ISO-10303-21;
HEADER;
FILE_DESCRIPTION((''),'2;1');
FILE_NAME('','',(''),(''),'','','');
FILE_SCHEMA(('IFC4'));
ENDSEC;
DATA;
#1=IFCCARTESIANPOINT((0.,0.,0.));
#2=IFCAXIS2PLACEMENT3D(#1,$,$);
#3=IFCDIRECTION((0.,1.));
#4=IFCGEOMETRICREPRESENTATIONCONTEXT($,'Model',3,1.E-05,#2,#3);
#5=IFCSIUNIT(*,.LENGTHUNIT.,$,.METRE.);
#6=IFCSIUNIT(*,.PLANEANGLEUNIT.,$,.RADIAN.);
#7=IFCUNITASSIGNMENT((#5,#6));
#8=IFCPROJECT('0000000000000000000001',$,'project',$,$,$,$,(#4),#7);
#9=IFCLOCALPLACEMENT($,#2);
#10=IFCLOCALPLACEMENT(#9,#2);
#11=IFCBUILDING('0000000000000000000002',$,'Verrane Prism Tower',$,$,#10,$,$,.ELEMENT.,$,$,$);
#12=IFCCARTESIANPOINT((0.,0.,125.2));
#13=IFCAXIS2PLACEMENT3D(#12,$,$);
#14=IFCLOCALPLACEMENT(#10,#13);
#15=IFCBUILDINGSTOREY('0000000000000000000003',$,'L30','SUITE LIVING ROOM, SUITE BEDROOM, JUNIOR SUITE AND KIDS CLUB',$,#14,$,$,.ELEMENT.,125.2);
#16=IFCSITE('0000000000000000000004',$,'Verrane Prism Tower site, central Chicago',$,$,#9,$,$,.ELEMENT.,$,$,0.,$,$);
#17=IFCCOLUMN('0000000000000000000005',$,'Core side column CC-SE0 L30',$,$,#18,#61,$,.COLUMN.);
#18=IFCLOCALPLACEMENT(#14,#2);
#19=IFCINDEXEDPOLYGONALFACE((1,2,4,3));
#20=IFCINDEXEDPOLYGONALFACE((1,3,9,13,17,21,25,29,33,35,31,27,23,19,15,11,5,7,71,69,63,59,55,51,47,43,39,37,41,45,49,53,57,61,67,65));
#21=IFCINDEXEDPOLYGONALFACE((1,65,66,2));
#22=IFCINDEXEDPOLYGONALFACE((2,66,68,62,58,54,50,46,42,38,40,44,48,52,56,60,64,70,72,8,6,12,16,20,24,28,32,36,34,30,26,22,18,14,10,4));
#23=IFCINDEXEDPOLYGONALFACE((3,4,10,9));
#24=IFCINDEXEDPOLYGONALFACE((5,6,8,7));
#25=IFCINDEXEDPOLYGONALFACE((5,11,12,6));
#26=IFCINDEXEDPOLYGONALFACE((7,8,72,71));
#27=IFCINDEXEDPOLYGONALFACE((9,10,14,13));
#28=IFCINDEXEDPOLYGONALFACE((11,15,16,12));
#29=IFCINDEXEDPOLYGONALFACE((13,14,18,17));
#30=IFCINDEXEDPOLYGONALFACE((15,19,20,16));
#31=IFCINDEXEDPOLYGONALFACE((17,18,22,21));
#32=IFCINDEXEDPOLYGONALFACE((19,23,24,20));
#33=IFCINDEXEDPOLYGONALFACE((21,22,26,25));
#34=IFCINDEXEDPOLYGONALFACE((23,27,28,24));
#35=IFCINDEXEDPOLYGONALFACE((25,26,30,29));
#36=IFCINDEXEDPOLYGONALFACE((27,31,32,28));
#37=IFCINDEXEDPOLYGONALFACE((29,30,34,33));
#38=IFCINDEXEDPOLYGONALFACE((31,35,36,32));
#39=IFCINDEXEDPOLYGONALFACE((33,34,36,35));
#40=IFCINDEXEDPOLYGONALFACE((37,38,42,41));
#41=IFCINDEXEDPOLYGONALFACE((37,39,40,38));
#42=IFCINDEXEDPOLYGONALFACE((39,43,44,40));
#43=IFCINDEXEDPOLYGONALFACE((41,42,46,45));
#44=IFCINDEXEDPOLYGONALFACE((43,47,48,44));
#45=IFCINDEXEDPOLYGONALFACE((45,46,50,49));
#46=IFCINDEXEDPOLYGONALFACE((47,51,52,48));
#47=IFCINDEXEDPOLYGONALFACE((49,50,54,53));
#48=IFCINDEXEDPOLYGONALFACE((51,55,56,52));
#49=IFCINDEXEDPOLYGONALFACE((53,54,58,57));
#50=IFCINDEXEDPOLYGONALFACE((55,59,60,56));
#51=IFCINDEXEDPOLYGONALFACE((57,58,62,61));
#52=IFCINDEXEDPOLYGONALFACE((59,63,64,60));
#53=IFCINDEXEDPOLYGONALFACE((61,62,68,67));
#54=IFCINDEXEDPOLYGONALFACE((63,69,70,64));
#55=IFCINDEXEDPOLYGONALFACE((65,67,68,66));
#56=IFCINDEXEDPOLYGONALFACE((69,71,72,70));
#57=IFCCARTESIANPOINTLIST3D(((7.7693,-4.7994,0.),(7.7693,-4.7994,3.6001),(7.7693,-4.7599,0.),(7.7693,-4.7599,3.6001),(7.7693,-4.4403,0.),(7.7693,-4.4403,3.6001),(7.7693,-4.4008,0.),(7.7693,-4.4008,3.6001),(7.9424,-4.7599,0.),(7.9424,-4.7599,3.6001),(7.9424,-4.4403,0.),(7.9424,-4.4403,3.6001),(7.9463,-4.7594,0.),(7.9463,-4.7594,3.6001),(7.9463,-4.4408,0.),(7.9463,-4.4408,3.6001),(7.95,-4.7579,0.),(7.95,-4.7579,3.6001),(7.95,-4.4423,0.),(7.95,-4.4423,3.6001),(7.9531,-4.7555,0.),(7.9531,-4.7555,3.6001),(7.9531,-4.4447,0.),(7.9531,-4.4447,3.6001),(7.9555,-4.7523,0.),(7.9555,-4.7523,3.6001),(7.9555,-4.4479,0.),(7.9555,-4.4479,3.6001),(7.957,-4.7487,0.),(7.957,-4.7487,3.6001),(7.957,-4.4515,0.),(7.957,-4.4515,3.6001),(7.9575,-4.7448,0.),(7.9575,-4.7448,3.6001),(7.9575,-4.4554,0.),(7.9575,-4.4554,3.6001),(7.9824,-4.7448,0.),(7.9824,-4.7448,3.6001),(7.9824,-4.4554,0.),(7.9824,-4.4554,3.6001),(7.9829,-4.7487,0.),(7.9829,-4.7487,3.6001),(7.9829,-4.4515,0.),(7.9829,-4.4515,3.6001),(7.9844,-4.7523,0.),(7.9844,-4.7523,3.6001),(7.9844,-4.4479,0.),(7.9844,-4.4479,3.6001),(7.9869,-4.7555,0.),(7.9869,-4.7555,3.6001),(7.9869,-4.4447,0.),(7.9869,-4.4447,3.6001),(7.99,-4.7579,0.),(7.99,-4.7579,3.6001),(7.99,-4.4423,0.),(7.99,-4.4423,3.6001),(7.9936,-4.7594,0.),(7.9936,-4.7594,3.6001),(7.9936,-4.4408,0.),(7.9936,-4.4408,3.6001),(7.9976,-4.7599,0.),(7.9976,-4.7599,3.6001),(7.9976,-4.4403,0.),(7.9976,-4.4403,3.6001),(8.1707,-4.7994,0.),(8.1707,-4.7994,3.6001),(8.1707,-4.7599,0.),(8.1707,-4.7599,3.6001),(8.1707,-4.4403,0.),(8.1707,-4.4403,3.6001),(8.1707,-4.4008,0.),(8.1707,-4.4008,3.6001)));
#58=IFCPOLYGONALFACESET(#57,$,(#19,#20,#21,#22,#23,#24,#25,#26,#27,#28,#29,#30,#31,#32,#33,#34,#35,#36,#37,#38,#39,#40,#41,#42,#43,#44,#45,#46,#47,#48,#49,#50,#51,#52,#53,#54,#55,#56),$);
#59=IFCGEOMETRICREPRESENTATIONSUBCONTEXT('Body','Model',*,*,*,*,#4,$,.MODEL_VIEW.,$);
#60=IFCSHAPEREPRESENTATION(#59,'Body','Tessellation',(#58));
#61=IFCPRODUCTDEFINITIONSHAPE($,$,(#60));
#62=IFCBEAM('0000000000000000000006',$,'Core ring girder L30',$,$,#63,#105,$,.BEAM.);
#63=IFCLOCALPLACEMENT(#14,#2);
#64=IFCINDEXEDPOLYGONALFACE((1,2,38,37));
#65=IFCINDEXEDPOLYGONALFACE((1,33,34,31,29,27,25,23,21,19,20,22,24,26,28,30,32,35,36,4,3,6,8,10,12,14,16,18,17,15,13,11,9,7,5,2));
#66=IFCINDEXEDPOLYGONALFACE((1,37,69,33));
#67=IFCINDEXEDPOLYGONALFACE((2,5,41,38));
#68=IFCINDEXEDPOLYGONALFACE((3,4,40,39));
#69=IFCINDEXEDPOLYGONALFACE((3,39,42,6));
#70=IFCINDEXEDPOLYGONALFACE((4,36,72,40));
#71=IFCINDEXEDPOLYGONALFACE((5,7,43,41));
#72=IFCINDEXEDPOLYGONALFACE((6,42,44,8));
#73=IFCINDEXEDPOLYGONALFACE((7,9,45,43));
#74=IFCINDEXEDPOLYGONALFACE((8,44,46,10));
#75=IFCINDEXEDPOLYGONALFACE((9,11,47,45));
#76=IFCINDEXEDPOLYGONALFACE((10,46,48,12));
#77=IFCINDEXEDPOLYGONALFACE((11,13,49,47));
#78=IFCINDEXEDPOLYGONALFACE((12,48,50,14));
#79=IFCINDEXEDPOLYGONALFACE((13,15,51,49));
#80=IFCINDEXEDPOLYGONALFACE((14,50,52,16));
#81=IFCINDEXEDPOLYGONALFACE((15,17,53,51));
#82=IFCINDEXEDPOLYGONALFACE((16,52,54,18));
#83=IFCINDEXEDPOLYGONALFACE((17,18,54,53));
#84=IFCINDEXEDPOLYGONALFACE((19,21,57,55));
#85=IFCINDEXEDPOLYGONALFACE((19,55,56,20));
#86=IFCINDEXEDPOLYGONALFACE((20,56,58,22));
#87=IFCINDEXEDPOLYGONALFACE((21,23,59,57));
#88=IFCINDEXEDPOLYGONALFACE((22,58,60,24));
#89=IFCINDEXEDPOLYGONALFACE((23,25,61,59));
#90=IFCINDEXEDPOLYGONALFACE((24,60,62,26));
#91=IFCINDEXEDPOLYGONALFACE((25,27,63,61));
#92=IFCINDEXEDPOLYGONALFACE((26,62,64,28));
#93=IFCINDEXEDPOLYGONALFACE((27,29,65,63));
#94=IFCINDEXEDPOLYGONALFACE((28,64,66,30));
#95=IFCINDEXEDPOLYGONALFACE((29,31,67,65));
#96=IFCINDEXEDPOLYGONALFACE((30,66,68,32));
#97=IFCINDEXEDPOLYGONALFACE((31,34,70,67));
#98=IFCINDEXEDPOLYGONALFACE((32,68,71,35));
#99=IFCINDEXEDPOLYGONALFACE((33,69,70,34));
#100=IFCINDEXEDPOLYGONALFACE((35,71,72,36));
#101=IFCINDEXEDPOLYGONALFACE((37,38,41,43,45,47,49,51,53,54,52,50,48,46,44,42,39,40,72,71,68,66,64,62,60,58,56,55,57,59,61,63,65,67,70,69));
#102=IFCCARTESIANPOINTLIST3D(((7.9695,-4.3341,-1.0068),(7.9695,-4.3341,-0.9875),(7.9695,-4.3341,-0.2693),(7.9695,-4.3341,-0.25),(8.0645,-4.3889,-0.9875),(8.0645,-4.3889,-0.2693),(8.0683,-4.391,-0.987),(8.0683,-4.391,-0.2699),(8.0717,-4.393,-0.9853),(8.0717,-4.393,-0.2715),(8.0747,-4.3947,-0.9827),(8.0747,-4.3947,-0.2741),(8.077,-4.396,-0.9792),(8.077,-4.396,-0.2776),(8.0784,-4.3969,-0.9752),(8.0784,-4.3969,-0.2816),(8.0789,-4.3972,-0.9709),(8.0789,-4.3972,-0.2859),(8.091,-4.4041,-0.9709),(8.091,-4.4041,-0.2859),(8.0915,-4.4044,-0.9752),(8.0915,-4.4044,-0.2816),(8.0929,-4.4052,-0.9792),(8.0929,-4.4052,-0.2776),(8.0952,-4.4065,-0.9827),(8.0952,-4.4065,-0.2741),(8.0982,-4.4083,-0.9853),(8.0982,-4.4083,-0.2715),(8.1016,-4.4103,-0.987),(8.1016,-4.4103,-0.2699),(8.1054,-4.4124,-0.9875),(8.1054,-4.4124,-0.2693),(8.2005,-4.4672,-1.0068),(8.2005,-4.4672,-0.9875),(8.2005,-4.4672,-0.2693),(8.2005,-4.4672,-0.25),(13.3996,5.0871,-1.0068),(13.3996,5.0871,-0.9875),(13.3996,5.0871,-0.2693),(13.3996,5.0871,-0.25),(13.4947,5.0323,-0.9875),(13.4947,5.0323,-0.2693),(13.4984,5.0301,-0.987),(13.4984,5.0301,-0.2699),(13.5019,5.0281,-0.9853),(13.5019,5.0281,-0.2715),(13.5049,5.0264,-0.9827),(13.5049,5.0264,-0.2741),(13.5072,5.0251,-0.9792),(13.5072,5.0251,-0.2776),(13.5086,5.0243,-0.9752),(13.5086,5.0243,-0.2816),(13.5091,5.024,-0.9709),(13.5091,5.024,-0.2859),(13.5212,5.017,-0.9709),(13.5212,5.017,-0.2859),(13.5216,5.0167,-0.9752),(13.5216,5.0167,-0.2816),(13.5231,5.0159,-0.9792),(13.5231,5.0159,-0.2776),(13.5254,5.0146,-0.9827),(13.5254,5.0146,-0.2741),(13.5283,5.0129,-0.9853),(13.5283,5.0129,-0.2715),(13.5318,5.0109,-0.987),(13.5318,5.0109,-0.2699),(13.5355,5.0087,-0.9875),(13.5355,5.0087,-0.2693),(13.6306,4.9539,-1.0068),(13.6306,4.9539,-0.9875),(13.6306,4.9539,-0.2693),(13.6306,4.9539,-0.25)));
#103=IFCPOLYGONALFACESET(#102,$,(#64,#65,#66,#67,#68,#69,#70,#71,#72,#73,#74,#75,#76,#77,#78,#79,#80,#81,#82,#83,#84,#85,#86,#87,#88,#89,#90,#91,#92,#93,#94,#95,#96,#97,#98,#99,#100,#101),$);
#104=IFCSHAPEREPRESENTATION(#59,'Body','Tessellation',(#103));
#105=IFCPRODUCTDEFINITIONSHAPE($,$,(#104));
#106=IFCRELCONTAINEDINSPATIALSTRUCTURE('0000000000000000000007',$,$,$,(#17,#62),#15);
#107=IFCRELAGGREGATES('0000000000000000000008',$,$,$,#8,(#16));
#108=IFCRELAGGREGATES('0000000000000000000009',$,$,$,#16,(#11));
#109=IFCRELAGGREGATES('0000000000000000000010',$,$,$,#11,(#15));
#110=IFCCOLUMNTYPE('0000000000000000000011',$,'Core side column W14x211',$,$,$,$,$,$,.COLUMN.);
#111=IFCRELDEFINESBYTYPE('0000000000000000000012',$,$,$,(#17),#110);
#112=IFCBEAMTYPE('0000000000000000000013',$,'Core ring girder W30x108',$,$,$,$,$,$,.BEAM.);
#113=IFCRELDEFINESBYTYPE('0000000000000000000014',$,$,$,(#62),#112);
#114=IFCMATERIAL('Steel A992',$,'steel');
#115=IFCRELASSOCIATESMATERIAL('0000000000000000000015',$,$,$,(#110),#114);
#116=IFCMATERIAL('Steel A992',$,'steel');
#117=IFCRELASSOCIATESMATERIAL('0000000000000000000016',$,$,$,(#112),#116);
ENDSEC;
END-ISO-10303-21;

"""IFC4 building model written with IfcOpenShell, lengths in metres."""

from ifc_helpers import new_model, si_unit, direction, frame, origin, origin_2d, place, context, subcontext, project, spatial, i_section, extrude, material, material_profile, profile_set, type_object, element, save


model = new_model("IFC4")

# Units and contexts
model_context = context("Model", 3, precision=1e-05, world=origin(), true_north=direction((0.0, 1.0)))
body_context = subcontext(model_context, "Body", "Model", "MODEL_VIEW")
ifc_project = project(units=[si_unit("LENGTHUNIT", "METRE"), si_unit("PLANEANGLEUNIT", "RADIAN")], contexts=[model_context])

# Site, building, storey
site_placement = place(None, origin())
site = spatial("IfcSite", under=ifc_project, at=site_placement, Name="Verrane Prism Tower site, central Chicago", CompositionType="ELEMENT", RefElevation=0.0)
building_placement = place(site_placement, origin())
building = spatial("IfcBuilding", under=site, at=building_placement, Name="Verrane Prism Tower", CompositionType="ELEMENT")
storey_placement = place(building_placement, frame((0.0, 0.0, 125.2)))
storey = spatial("IfcBuildingStorey", under=building, at=storey_placement, Name="L30", Description="SUITE LIVING ROOM, SUITE BEDROOM, JUNIOR SUITE AND KIDS CLUB", CompositionType="ELEMENT", Elevation=125.2)

# Column
ifc_material_1 = material(Name="Steel A992", Category="steel")
ifc_material_profile_1 = material_profile(ifc_material_1, i_section(OverallWidth=0.4014, OverallDepth=0.3987, WebThickness=0.0249, FlangeThickness=0.0396, FilletRadius=0.0151, at=origin_2d()), Name="W14x211")
ifc_profile_set_1 = profile_set([ifc_material_profile_1], Name="Steel A992")
column_type = type_object("IfcColumnType", Name="Core side column W14x211", PredefinedType="COLUMN", material=ifc_profile_set_1)
column_placement = place(storey_placement, frame((7.97, -4.6001, 0.0), z_axis=(0.0, 0.0, 1.0), x_axis=(1.0, 0.0, 0.0)))
element("IfcColumn", 1, at=column_placement, inside=storey, type_object=column_type, Name="Core side column CC-SE0 L30", PredefinedType="COLUMN", context=body_context, shape_type="SweptSolid", body=[
    extrude(i_section(OverallWidth=0.4014, OverallDepth=0.3987, WebThickness=0.0249, FlangeThickness=0.0396, FilletRadius=0.0151, at=origin_2d()), origin(), (0.0, 0.0, 1.0), 3.6001),
])

# Beam
ifc_material_2 = material(Name="Steel A992", Category="steel")
ifc_material_profile_2 = material_profile(ifc_material_2, i_section(OverallWidth=0.2666, OverallDepth=0.7568, WebThickness=0.0139, FlangeThickness=0.0193, FilletRadius=0.0166, at=origin_2d()), Name="W30x108")
ifc_profile_set_2 = profile_set([ifc_material_profile_2], Name="Steel A992")
beam_type = type_object("IfcBeamType", Name="Core ring girder W30x108", PredefinedType="BEAM", material=ifc_profile_set_2)
beam_placement = place(storey_placement, frame((8.085, -4.4006, -0.6284), z_axis=(0.499371, 0.866388, 0.0), x_axis=(-0.866388, 0.499371, 0.0)))
element("IfcBeam", 2, at=beam_placement, inside=storey, type_object=beam_type, Name="Core ring girder L30", PredefinedType="BEAM", context=body_context, shape_type="SweptSolid", body=[
    extrude(i_section(OverallWidth=0.2666, OverallDepth=0.7568, WebThickness=0.0139, FlangeThickness=0.0193, FilletRadius=0.0166, at=origin_2d()), origin(), (0.0, 0.0, 1.0), 10.874),
])

save(model, "model.ifc")
